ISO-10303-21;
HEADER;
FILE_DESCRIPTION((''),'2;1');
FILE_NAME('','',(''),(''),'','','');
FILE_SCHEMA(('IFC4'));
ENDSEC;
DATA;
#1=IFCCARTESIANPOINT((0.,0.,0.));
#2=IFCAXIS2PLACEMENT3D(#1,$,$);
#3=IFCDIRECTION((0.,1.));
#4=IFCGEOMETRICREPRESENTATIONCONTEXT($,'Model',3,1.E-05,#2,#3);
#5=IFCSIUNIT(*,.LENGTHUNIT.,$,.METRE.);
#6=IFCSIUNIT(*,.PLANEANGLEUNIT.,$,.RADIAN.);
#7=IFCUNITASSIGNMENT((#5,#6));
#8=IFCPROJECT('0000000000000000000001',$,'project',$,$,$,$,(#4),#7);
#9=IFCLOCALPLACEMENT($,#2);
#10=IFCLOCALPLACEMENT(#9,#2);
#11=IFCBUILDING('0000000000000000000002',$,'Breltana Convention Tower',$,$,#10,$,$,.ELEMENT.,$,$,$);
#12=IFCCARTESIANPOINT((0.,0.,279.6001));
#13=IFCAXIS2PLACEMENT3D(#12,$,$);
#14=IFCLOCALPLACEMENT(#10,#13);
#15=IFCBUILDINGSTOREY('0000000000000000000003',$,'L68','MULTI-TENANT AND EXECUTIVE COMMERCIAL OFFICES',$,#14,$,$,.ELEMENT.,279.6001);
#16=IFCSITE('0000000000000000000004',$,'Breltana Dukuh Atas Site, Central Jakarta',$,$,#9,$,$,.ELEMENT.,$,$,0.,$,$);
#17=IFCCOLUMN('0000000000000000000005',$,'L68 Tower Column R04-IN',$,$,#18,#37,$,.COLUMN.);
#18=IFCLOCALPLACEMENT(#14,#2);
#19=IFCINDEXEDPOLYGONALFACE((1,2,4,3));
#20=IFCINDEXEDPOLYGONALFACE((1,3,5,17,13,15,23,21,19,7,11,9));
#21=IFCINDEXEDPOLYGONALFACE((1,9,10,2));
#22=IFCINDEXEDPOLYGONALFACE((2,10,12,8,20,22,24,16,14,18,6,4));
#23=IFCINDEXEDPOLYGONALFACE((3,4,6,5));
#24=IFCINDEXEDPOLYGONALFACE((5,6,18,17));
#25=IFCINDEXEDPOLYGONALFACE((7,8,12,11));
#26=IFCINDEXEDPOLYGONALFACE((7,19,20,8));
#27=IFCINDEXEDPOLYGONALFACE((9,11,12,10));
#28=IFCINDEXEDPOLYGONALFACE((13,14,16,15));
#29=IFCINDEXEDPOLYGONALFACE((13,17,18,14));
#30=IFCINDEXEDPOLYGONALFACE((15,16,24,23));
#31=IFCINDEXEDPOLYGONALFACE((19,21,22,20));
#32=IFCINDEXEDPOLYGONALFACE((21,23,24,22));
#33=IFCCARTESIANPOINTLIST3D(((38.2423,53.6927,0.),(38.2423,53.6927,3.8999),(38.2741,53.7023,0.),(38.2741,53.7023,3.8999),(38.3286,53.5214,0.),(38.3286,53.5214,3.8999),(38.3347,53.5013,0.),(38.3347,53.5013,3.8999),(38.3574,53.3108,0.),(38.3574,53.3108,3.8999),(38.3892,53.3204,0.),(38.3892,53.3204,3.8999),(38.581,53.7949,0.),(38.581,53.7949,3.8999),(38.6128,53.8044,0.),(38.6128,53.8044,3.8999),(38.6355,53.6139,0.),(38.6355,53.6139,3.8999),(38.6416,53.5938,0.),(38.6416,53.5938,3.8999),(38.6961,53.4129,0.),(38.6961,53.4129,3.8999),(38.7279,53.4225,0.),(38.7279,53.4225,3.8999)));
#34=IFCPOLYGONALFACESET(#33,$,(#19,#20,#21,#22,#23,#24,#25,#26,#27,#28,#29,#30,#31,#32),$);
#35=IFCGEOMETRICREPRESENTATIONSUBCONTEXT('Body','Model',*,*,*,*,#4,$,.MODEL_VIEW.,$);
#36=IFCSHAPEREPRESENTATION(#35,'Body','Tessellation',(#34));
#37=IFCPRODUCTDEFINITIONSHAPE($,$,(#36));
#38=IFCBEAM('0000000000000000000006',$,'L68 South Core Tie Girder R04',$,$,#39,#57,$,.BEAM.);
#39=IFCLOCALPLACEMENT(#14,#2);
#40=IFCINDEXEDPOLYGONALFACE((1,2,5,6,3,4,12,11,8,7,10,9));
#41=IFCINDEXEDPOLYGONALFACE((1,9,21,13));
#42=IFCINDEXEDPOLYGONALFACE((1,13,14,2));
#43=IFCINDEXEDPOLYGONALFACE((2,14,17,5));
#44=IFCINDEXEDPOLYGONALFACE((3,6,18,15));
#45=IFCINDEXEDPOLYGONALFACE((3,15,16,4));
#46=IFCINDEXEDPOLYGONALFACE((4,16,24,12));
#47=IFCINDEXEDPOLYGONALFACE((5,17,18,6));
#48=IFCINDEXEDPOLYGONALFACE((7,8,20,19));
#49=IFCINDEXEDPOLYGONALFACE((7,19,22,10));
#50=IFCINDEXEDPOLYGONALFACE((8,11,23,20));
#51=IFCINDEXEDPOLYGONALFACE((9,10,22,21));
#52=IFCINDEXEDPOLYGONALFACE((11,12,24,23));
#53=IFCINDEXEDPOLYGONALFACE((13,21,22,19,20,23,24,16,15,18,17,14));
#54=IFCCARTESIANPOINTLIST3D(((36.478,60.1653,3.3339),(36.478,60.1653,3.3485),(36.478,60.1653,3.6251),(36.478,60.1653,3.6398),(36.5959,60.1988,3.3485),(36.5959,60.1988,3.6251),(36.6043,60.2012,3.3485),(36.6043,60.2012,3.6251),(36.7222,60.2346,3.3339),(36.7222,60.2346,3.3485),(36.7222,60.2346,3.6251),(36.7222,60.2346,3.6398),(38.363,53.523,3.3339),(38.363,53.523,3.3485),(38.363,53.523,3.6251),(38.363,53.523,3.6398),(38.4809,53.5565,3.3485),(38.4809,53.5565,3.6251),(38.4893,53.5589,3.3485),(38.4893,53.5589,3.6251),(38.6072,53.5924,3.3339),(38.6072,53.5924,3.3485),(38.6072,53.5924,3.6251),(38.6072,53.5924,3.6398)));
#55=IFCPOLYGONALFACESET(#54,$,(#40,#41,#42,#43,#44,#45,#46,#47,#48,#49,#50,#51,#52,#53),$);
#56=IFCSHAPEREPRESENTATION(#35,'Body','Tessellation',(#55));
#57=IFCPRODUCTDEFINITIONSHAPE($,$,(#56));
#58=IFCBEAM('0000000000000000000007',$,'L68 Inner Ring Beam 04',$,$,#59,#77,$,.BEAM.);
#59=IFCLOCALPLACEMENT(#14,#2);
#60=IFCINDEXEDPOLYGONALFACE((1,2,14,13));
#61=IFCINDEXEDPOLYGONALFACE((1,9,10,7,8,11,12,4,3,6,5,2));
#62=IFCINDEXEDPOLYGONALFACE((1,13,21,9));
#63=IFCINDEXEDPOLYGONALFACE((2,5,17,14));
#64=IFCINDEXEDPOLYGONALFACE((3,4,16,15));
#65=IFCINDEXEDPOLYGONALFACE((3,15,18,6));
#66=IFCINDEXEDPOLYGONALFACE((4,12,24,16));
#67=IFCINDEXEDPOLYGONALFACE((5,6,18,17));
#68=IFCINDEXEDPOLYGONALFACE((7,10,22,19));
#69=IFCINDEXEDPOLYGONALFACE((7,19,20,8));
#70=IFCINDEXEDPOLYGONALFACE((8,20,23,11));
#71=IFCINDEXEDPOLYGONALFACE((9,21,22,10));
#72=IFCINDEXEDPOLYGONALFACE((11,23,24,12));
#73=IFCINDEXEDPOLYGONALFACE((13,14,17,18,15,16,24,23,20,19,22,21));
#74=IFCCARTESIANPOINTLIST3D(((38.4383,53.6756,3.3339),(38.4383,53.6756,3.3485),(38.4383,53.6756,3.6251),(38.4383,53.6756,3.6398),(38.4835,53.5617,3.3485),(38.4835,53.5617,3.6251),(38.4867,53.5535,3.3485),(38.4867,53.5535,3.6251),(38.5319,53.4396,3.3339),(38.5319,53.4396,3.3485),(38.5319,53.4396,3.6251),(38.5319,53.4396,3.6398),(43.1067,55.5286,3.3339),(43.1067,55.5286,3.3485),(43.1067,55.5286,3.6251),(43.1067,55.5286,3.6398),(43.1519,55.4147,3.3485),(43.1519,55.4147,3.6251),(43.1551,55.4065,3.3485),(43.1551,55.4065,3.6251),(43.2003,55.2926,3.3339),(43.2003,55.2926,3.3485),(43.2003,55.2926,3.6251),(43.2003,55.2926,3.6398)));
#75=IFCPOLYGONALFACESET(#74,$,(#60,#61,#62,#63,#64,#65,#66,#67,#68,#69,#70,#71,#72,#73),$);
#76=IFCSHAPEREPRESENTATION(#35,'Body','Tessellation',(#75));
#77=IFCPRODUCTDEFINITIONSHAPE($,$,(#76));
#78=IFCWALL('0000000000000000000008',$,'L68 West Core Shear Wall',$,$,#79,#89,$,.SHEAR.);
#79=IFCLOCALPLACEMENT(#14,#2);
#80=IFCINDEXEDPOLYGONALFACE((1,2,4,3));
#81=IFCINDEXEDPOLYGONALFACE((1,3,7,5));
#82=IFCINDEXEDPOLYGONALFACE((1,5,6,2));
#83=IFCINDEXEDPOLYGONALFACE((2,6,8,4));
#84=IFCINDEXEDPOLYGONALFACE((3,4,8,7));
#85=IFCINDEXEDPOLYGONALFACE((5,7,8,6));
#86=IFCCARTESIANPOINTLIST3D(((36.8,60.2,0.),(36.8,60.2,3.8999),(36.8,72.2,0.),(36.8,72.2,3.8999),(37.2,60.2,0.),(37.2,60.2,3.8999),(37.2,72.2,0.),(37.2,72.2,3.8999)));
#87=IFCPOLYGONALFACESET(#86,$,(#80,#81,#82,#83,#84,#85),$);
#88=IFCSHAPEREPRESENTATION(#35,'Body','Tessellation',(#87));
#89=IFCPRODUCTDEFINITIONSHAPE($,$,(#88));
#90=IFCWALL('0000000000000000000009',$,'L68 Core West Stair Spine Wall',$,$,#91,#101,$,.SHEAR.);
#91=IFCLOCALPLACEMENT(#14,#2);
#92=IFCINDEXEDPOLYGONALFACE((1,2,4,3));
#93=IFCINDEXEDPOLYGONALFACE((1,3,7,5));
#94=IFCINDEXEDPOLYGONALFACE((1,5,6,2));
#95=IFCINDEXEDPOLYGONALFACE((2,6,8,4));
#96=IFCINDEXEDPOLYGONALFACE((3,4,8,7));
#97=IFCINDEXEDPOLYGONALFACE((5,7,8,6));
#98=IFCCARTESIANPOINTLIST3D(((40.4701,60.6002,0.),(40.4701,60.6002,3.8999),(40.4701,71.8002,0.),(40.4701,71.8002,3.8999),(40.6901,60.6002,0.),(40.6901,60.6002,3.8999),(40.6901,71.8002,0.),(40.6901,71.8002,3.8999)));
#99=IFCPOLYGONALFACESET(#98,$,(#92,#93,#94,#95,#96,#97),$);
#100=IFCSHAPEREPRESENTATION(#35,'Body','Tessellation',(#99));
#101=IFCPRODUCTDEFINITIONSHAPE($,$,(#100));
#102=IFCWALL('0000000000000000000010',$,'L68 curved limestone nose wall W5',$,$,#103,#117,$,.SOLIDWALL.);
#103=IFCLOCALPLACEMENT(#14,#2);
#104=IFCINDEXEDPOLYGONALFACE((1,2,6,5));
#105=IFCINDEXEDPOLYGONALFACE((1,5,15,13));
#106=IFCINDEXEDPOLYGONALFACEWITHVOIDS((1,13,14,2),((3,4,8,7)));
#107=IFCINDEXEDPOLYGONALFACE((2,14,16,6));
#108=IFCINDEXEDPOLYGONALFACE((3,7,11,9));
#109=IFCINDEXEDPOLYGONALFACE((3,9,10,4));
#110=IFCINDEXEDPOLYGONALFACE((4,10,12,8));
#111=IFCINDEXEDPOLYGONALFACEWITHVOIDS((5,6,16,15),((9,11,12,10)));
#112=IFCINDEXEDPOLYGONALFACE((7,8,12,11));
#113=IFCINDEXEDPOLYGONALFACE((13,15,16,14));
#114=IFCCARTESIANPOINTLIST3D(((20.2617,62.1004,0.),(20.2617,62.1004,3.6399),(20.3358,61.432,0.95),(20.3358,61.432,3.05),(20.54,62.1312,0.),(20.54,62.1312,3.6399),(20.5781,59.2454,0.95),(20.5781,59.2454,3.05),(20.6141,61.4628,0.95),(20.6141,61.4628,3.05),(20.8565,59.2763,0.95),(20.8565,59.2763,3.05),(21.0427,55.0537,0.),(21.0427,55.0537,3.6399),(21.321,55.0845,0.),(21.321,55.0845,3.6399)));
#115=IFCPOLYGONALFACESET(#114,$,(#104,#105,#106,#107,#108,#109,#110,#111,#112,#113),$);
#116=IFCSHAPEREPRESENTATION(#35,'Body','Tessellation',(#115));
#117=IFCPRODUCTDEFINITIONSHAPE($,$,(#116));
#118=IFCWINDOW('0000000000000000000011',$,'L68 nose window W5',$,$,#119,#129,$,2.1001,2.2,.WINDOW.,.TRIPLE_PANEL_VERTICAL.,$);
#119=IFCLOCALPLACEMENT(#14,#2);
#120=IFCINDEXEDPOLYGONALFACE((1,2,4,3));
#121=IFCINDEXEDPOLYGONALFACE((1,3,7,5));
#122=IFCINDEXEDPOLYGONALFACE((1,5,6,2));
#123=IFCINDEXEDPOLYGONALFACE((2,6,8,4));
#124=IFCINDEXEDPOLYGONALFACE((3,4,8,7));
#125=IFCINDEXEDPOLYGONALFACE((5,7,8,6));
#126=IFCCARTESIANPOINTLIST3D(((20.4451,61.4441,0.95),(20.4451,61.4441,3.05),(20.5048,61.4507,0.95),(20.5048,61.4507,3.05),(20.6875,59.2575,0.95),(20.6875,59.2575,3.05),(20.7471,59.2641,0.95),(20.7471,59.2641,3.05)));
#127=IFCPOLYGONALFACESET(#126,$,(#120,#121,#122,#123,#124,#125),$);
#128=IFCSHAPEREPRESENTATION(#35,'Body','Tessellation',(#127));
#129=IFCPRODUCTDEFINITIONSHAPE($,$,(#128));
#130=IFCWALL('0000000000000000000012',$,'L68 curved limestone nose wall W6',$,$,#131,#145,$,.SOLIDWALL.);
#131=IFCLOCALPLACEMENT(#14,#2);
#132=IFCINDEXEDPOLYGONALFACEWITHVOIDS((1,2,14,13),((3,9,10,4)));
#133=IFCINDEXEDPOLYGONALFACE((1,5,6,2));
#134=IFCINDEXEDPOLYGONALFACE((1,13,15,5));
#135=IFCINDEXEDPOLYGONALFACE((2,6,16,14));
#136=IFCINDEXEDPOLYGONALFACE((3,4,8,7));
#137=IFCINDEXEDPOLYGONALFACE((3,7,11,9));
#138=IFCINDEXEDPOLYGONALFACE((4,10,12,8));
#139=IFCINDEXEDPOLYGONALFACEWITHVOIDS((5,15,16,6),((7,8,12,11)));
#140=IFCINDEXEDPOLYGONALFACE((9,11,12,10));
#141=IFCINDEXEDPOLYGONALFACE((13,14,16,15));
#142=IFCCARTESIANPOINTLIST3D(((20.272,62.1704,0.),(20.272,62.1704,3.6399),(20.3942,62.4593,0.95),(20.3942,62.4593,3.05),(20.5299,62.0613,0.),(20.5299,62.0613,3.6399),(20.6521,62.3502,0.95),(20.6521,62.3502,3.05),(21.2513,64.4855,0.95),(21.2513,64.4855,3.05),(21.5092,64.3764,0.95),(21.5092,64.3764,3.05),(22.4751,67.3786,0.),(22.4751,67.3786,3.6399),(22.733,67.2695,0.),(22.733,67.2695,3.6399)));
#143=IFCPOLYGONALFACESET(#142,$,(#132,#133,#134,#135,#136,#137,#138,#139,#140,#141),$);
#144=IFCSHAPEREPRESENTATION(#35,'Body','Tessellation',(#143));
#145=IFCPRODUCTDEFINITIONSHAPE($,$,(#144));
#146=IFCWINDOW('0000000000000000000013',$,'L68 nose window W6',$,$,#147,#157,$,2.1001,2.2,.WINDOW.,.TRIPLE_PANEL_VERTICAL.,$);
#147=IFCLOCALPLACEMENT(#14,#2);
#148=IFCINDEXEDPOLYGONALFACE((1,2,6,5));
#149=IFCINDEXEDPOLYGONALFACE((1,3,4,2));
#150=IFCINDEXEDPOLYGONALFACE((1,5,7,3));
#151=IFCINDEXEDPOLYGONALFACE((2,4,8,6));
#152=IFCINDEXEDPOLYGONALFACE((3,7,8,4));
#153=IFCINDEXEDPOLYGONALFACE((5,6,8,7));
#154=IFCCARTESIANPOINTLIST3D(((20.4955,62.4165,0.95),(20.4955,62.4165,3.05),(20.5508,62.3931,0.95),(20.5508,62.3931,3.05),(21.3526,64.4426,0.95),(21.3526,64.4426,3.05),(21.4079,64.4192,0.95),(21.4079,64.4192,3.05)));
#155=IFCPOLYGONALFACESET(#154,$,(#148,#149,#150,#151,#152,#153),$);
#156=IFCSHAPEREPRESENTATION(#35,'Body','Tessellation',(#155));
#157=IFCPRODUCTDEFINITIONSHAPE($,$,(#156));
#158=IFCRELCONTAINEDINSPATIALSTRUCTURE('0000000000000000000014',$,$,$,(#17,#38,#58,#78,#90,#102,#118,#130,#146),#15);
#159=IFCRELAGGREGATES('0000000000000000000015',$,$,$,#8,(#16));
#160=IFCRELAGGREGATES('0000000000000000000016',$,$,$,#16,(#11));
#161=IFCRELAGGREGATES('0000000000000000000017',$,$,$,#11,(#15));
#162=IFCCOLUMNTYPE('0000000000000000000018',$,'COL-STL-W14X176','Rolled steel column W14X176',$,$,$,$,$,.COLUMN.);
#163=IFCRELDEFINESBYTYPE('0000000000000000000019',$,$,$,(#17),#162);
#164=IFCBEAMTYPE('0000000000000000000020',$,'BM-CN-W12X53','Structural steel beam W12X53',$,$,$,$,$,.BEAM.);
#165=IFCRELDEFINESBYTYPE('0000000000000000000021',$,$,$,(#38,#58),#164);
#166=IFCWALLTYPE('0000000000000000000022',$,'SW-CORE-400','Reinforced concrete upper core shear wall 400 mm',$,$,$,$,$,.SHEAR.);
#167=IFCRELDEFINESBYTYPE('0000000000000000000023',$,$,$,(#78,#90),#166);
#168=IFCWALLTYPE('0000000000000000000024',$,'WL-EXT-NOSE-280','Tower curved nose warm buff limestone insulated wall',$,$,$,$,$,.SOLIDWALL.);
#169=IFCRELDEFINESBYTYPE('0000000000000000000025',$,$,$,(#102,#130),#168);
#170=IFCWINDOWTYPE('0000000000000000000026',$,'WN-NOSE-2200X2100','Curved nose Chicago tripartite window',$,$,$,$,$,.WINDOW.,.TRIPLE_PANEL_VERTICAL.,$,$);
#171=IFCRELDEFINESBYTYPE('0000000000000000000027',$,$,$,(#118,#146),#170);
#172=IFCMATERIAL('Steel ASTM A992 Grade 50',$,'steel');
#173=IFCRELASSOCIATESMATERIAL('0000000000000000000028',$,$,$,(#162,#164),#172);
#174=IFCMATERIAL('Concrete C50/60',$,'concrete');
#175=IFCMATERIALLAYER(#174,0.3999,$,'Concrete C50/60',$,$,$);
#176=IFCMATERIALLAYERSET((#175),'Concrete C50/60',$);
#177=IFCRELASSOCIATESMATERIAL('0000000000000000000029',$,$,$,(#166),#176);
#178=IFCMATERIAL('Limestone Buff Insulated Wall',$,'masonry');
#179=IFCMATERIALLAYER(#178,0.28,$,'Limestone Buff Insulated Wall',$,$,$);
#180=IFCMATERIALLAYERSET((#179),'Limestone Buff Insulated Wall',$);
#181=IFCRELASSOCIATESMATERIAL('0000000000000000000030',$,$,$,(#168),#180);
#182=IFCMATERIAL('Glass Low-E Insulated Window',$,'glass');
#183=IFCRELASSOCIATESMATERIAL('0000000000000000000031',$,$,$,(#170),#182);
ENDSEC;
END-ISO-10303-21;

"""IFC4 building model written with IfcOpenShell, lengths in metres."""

from ifc_helpers import new_model, si_unit, direction, frame, frame_2d, origin, origin_2d, place, context, subcontext, project, spatial, rectangle, i_section, extrude, source, transform, mapped, material, layer, layer_set, material_profile, profile_set, type_object, type_shapes, element, fill, save


model = new_model("IFC4")

# Units and contexts
model_context = context("Model", 3, precision=1e-05, world=origin(), true_north=direction((0.0, 1.0)))
body_context = subcontext(model_context, "Body", "Model", "MODEL_VIEW")
ifc_project = project(units=[si_unit("LENGTHUNIT", "METRE"), si_unit("PLANEANGLEUNIT", "RADIAN")], contexts=[model_context])

# Site, building, storey
site_placement = place(None, origin())
site = spatial("IfcSite", under=ifc_project, at=site_placement, Name="Breltana Dukuh Atas Site, Central Jakarta", CompositionType="ELEMENT", RefElevation=0.0)
building_placement = place(site_placement, origin())
building = spatial("IfcBuilding", under=site, at=building_placement, Name="Breltana Convention Tower", CompositionType="ELEMENT")
storey_placement = place(building_placement, frame((0.0, 0.0, 279.6001)))
storey = spatial("IfcBuildingStorey", under=building, at=storey_placement, Name="L68", Description="MULTI-TENANT AND EXECUTIVE COMMERCIAL OFFICES", CompositionType="ELEMENT", Elevation=279.6001)

# Column
ifc_material_1 = material(Name="Steel ASTM A992 Grade 50", Category="steel")
ifc_material_profile_1 = material_profile(ifc_material_1, i_section(OverallWidth=0.3989, OverallDepth=0.387, WebThickness=0.021, FlangeThickness=0.0332, at=origin_2d()), Name="W14X176")
ifc_profile_set_1 = profile_set([ifc_material_profile_1], Name="Steel ASTM A992 Grade 50")
column_type = type_object("IfcColumnType", Name="COL-STL-W14X176", Description="Rolled steel column W14X176", PredefinedType="COLUMN", material=ifc_profile_set_1)
shared_shape_1 = source(origin(), body_context, "Body", "SweptSolid", [
    extrude(i_section(OverallWidth=0.3989, OverallDepth=0.387, WebThickness=0.021, FlangeThickness=0.0332, at=origin_2d()), origin(), (0.0, 0.0, 1.0), 3.8999),
])
type_shapes(column_type, [shared_shape_1])
column_placement = place(storey_placement, frame((38.4851, 53.5576, 0.0), z_axis=(0.0, 0.0, 1.0), x_axis=(-0.288698, 0.95742, 0.0)))
element("IfcColumn", 1, at=column_placement, inside=storey, type_object=column_type, Name="L68 Tower Column R04-IN", PredefinedType="COLUMN", context=body_context, shape_type="MappedRepresentation", body=[
    mapped(shared_shape_1, transform((0.0, 0.0, 0.0), scale=1.0)),
])

# Beams
ifc_material_profile_2 = material_profile(ifc_material_1, i_section(OverallWidth=0.2539, OverallDepth=0.3059, WebThickness=0.0088, FlangeThickness=0.0146, at=origin_2d()), Name="W12X53")
ifc_profile_set_2 = profile_set([ifc_material_profile_2], Name="Steel ASTM A992 Grade 50")
beam_type = type_object("IfcBeamType", Name="BM-CN-W12X53", Description="Structural steel beam W12X53", PredefinedType="BEAM", material=ifc_profile_set_2)
shared_shape_2 = source(origin(), body_context, "Body", "SweptSolid", [
    extrude(i_section(OverallWidth=0.2539, OverallDepth=0.3059, WebThickness=0.0088, FlangeThickness=0.0146, at=origin_2d()), origin(), (0.0, 0.0, 1.0), 6.9045),
])
beam_1_placement = place(storey_placement, frame((36.6001, 60.2, 3.4868), z_axis=(0.273007, -0.962012, 0.0), x_axis=(0.962012, 0.273007, 0.0)))
element("IfcBeam", 2, at=beam_1_placement, inside=storey, type_object=beam_type, Name="L68 South Core Tie Girder R04", PredefinedType="BEAM", context=body_context, shape_type="MappedRepresentation", body=[
    mapped(shared_shape_2, transform((0.0, 0.0, 0.0), scale=1.0)),
])
shared_shape_3 = source(origin(), body_context, "Body", "SweptSolid", [
    extrude(i_section(OverallWidth=0.2539, OverallDepth=0.3059, WebThickness=0.0088, FlangeThickness=0.0146, at=origin_2d()), origin(), (0.0, 0.0, 1.0), 5.0227),
])
beam_2_placement = place(storey_placement, frame((38.4851, 53.5576, 3.4868), z_axis=(0.929459, 0.368926, 0.0), x_axis=(-0.368926, 0.929459, 0.0)))
element("IfcBeam", 3, at=beam_2_placement, inside=storey, type_object=beam_type, Name="L68 Inner Ring Beam 04", PredefinedType="BEAM", context=body_context, shape_type="MappedRepresentation", body=[
    mapped(shared_shape_3, transform((0.0, 0.0, 0.0), scale=1.0)),
])

# Wall
ifc_material_2 = material(Name="Concrete C50/60", Category="concrete")
ifc_layer_1 = layer(ifc_material_2, 0.3999, Name="Concrete C50/60")
ifc_layer_set_1 = layer_set([ifc_layer_1], Name="Concrete C50/60")
wall_type_1 = type_object("IfcWallType", Name="SW-CORE-400", Description="Reinforced concrete upper core shear wall 400 mm", PredefinedType="SHEAR", material=ifc_layer_set_1)
shared_shape_4 = source(origin(), body_context, "Body", "SweptSolid", [
    extrude(rectangle(XDim=12.0, YDim=0.3999, at=frame_2d((6.0, 0.0))), origin(), (0.0, 0.0, 1.0), 3.8999),
])
wall_1_placement = place(storey_placement, frame((37.0, 60.2, 0.0), z_axis=(0.0, 0.0, 1.0), x_axis=(0.0, 1.0, 0.0)))
element("IfcWall", 4, at=wall_1_placement, inside=storey, type_object=wall_type_1, Name="L68 West Core Shear Wall", PredefinedType="SHEAR", context=body_context, shape_type="MappedRepresentation", body=[
    mapped(shared_shape_4, transform((0.0, 0.0, 0.0), scale=1.0)),
])

# Wall
shared_shape_5 = source(origin(), body_context, "Body", "SweptSolid", [
    extrude(rectangle(XDim=11.2, YDim=0.22, at=frame_2d((5.6001, 0.0))), origin(), (0.0, 0.0, 1.0), 3.8999),
])
wall_2_placement = place(storey_placement, frame((40.5801, 60.6001, 0.0), z_axis=(0.0, 0.0, 1.0), x_axis=(0.0, 1.0, 0.0)))
element("IfcWall", 5, at=wall_2_placement, inside=storey, type_object=wall_type_1, Name="L68 Core West Stair Spine Wall", PredefinedType="SHEAR", context=body_context, shape_type="MappedRepresentation", body=[
    mapped(shared_shape_5, transform((0.0, 0.0, 0.0), scale=1.0)),
])

# Walls, openings, windows
ifc_material_3 = material(Name="Limestone Buff Insulated Wall", Category="masonry")
ifc_layer_2 = layer(ifc_material_3, 0.28, Name="Limestone Buff Insulated Wall")
ifc_layer_set_2 = layer_set([ifc_layer_2], Name="Limestone Buff Insulated Wall")
wall_type_2 = type_object("IfcWallType", Name="WL-EXT-NOSE-280", Description="Tower curved nose warm buff limestone insulated wall", PredefinedType="SOLIDWALL", material=ifc_layer_set_2)
shared_shape_6 = source(origin(), body_context, "Body", "SweptSolid", [
    extrude(rectangle(XDim=7.0898, YDim=0.28, at=frame_2d((3.5449, 0.0))), origin(), (0.0, 0.0, 1.0), 3.6399),
])
wall_3_placement = place(storey_placement, frame((21.1819, 55.0691, 0.0), z_axis=(0.0, 0.0, 1.0), x_axis=(-0.110159, 0.993914, 0.0)))
wall_3 = element("IfcWall", 6, at=wall_3_placement, inside=storey, type_object=wall_type_2, Name="L68 curved limestone nose wall W5", PredefinedType="SOLIDWALL", context=body_context, shape_type="MappedRepresentation", body=[
    mapped(shared_shape_6, transform((0.0, 0.0, 0.0), scale=1.0)),
])
opening_1_placement = place(wall_3_placement, frame((4.2173, 0.0, 0.95)))
opening_1 = element("IfcOpeningElement", 7, at=opening_1_placement, cuts=wall_3, PredefinedType="OPENING", context=body_context, shape_type="SweptSolid", body=[
    extrude(rectangle(XDim=2.2, YDim=2.1001, at=frame_2d((1.1001, 1.05))), frame((0.0, 0.1499, 0.0), z_axis=(0.0, -1.0, 0.0), x_axis=(1.0, 0.0, 0.0)), (0.0, 0.0, 1.0), 0.3),
])
ifc_material_4 = material(Name="Glass Low-E Insulated Window", Category="glass")
window_type = type_object("IfcWindowType", Name="WN-NOSE-2200X2100", Description="Curved nose Chicago tripartite window", PartitioningType="TRIPLE_PANEL_VERTICAL", PredefinedType="WINDOW", material=ifc_material_4)
shared_shape_7 = source(origin(), body_context, "Body", "SweptSolid", [
    extrude(rectangle(XDim=2.2, YDim=2.1001, at=frame_2d((1.1001, 1.05))), frame((0.0, 0.03, 0.0), z_axis=(0.0, -1.0, 0.0), x_axis=(1.0, 0.0, 0.0)), (0.0, 0.0, 1.0), 0.0601),
])
type_shapes(window_type, [shared_shape_7])
window_1_placement = place(opening_1_placement, origin())
window_1 = element("IfcWindow", 8, at=window_1_placement, inside=storey, type_object=window_type, Name="L68 nose window W5", OverallHeight=2.1001, OverallWidth=2.2, PartitioningType="TRIPLE_PANEL_VERTICAL", PredefinedType="WINDOW", context=body_context, shape_type="MappedRepresentation", body=[
    mapped(shared_shape_7, transform((0.0, 0.0, 0.0), scale=1.0)),
])
fill(opening_1, window_1)
shared_shape_8 = source(origin(), body_context, "Body", "SweptSolid", [
    extrude(rectangle(XDim=5.655, YDim=0.28, at=frame_2d((2.8276, 0.0))), origin(), (0.0, 0.0, 1.0), 3.6399),
])
wall_4_placement = place(storey_placement, frame((20.4009, 62.1157, 0.0), z_axis=(0.0, 0.0, 1.0), x_axis=(0.389585, 0.92099, 0.0)))
wall_4 = element("IfcWall", 9, at=wall_4_placement, inside=storey, type_object=wall_type_2, Name="L68 curved limestone nose wall W6", PredefinedType="SOLIDWALL", context=body_context, shape_type="MappedRepresentation", body=[
    mapped(shared_shape_8, transform((0.0, 0.0, 0.0), scale=1.0)),
])
opening_2_placement = place(wall_4_placement, frame((0.3137, 0.0, 0.95)))
opening_2 = element("IfcOpeningElement", 10, at=opening_2_placement, cuts=wall_4, PredefinedType="OPENING", context=body_context, shape_type="SweptSolid", body=[
    extrude(rectangle(XDim=2.2, YDim=2.1001, at=frame_2d((1.1001, 1.05))), frame((0.0, 0.1499, 0.0), z_axis=(0.0, -1.0, 0.0), x_axis=(1.0, 0.0, 0.0)), (0.0, 0.0, 1.0), 0.3),
])
window_2_placement = place(opening_2_placement, origin())
window_2 = element("IfcWindow", 11, at=window_2_placement, inside=storey, type_object=window_type, Name="L68 nose window W6", OverallHeight=2.1001, OverallWidth=2.2, PartitioningType="TRIPLE_PANEL_VERTICAL", PredefinedType="WINDOW", context=body_context, shape_type="MappedRepresentation", body=[
    mapped(shared_shape_7, transform((0.0, 0.0, 0.0), scale=1.0)),
])
fill(opening_2, window_2)

save(model, "model.ifc")
